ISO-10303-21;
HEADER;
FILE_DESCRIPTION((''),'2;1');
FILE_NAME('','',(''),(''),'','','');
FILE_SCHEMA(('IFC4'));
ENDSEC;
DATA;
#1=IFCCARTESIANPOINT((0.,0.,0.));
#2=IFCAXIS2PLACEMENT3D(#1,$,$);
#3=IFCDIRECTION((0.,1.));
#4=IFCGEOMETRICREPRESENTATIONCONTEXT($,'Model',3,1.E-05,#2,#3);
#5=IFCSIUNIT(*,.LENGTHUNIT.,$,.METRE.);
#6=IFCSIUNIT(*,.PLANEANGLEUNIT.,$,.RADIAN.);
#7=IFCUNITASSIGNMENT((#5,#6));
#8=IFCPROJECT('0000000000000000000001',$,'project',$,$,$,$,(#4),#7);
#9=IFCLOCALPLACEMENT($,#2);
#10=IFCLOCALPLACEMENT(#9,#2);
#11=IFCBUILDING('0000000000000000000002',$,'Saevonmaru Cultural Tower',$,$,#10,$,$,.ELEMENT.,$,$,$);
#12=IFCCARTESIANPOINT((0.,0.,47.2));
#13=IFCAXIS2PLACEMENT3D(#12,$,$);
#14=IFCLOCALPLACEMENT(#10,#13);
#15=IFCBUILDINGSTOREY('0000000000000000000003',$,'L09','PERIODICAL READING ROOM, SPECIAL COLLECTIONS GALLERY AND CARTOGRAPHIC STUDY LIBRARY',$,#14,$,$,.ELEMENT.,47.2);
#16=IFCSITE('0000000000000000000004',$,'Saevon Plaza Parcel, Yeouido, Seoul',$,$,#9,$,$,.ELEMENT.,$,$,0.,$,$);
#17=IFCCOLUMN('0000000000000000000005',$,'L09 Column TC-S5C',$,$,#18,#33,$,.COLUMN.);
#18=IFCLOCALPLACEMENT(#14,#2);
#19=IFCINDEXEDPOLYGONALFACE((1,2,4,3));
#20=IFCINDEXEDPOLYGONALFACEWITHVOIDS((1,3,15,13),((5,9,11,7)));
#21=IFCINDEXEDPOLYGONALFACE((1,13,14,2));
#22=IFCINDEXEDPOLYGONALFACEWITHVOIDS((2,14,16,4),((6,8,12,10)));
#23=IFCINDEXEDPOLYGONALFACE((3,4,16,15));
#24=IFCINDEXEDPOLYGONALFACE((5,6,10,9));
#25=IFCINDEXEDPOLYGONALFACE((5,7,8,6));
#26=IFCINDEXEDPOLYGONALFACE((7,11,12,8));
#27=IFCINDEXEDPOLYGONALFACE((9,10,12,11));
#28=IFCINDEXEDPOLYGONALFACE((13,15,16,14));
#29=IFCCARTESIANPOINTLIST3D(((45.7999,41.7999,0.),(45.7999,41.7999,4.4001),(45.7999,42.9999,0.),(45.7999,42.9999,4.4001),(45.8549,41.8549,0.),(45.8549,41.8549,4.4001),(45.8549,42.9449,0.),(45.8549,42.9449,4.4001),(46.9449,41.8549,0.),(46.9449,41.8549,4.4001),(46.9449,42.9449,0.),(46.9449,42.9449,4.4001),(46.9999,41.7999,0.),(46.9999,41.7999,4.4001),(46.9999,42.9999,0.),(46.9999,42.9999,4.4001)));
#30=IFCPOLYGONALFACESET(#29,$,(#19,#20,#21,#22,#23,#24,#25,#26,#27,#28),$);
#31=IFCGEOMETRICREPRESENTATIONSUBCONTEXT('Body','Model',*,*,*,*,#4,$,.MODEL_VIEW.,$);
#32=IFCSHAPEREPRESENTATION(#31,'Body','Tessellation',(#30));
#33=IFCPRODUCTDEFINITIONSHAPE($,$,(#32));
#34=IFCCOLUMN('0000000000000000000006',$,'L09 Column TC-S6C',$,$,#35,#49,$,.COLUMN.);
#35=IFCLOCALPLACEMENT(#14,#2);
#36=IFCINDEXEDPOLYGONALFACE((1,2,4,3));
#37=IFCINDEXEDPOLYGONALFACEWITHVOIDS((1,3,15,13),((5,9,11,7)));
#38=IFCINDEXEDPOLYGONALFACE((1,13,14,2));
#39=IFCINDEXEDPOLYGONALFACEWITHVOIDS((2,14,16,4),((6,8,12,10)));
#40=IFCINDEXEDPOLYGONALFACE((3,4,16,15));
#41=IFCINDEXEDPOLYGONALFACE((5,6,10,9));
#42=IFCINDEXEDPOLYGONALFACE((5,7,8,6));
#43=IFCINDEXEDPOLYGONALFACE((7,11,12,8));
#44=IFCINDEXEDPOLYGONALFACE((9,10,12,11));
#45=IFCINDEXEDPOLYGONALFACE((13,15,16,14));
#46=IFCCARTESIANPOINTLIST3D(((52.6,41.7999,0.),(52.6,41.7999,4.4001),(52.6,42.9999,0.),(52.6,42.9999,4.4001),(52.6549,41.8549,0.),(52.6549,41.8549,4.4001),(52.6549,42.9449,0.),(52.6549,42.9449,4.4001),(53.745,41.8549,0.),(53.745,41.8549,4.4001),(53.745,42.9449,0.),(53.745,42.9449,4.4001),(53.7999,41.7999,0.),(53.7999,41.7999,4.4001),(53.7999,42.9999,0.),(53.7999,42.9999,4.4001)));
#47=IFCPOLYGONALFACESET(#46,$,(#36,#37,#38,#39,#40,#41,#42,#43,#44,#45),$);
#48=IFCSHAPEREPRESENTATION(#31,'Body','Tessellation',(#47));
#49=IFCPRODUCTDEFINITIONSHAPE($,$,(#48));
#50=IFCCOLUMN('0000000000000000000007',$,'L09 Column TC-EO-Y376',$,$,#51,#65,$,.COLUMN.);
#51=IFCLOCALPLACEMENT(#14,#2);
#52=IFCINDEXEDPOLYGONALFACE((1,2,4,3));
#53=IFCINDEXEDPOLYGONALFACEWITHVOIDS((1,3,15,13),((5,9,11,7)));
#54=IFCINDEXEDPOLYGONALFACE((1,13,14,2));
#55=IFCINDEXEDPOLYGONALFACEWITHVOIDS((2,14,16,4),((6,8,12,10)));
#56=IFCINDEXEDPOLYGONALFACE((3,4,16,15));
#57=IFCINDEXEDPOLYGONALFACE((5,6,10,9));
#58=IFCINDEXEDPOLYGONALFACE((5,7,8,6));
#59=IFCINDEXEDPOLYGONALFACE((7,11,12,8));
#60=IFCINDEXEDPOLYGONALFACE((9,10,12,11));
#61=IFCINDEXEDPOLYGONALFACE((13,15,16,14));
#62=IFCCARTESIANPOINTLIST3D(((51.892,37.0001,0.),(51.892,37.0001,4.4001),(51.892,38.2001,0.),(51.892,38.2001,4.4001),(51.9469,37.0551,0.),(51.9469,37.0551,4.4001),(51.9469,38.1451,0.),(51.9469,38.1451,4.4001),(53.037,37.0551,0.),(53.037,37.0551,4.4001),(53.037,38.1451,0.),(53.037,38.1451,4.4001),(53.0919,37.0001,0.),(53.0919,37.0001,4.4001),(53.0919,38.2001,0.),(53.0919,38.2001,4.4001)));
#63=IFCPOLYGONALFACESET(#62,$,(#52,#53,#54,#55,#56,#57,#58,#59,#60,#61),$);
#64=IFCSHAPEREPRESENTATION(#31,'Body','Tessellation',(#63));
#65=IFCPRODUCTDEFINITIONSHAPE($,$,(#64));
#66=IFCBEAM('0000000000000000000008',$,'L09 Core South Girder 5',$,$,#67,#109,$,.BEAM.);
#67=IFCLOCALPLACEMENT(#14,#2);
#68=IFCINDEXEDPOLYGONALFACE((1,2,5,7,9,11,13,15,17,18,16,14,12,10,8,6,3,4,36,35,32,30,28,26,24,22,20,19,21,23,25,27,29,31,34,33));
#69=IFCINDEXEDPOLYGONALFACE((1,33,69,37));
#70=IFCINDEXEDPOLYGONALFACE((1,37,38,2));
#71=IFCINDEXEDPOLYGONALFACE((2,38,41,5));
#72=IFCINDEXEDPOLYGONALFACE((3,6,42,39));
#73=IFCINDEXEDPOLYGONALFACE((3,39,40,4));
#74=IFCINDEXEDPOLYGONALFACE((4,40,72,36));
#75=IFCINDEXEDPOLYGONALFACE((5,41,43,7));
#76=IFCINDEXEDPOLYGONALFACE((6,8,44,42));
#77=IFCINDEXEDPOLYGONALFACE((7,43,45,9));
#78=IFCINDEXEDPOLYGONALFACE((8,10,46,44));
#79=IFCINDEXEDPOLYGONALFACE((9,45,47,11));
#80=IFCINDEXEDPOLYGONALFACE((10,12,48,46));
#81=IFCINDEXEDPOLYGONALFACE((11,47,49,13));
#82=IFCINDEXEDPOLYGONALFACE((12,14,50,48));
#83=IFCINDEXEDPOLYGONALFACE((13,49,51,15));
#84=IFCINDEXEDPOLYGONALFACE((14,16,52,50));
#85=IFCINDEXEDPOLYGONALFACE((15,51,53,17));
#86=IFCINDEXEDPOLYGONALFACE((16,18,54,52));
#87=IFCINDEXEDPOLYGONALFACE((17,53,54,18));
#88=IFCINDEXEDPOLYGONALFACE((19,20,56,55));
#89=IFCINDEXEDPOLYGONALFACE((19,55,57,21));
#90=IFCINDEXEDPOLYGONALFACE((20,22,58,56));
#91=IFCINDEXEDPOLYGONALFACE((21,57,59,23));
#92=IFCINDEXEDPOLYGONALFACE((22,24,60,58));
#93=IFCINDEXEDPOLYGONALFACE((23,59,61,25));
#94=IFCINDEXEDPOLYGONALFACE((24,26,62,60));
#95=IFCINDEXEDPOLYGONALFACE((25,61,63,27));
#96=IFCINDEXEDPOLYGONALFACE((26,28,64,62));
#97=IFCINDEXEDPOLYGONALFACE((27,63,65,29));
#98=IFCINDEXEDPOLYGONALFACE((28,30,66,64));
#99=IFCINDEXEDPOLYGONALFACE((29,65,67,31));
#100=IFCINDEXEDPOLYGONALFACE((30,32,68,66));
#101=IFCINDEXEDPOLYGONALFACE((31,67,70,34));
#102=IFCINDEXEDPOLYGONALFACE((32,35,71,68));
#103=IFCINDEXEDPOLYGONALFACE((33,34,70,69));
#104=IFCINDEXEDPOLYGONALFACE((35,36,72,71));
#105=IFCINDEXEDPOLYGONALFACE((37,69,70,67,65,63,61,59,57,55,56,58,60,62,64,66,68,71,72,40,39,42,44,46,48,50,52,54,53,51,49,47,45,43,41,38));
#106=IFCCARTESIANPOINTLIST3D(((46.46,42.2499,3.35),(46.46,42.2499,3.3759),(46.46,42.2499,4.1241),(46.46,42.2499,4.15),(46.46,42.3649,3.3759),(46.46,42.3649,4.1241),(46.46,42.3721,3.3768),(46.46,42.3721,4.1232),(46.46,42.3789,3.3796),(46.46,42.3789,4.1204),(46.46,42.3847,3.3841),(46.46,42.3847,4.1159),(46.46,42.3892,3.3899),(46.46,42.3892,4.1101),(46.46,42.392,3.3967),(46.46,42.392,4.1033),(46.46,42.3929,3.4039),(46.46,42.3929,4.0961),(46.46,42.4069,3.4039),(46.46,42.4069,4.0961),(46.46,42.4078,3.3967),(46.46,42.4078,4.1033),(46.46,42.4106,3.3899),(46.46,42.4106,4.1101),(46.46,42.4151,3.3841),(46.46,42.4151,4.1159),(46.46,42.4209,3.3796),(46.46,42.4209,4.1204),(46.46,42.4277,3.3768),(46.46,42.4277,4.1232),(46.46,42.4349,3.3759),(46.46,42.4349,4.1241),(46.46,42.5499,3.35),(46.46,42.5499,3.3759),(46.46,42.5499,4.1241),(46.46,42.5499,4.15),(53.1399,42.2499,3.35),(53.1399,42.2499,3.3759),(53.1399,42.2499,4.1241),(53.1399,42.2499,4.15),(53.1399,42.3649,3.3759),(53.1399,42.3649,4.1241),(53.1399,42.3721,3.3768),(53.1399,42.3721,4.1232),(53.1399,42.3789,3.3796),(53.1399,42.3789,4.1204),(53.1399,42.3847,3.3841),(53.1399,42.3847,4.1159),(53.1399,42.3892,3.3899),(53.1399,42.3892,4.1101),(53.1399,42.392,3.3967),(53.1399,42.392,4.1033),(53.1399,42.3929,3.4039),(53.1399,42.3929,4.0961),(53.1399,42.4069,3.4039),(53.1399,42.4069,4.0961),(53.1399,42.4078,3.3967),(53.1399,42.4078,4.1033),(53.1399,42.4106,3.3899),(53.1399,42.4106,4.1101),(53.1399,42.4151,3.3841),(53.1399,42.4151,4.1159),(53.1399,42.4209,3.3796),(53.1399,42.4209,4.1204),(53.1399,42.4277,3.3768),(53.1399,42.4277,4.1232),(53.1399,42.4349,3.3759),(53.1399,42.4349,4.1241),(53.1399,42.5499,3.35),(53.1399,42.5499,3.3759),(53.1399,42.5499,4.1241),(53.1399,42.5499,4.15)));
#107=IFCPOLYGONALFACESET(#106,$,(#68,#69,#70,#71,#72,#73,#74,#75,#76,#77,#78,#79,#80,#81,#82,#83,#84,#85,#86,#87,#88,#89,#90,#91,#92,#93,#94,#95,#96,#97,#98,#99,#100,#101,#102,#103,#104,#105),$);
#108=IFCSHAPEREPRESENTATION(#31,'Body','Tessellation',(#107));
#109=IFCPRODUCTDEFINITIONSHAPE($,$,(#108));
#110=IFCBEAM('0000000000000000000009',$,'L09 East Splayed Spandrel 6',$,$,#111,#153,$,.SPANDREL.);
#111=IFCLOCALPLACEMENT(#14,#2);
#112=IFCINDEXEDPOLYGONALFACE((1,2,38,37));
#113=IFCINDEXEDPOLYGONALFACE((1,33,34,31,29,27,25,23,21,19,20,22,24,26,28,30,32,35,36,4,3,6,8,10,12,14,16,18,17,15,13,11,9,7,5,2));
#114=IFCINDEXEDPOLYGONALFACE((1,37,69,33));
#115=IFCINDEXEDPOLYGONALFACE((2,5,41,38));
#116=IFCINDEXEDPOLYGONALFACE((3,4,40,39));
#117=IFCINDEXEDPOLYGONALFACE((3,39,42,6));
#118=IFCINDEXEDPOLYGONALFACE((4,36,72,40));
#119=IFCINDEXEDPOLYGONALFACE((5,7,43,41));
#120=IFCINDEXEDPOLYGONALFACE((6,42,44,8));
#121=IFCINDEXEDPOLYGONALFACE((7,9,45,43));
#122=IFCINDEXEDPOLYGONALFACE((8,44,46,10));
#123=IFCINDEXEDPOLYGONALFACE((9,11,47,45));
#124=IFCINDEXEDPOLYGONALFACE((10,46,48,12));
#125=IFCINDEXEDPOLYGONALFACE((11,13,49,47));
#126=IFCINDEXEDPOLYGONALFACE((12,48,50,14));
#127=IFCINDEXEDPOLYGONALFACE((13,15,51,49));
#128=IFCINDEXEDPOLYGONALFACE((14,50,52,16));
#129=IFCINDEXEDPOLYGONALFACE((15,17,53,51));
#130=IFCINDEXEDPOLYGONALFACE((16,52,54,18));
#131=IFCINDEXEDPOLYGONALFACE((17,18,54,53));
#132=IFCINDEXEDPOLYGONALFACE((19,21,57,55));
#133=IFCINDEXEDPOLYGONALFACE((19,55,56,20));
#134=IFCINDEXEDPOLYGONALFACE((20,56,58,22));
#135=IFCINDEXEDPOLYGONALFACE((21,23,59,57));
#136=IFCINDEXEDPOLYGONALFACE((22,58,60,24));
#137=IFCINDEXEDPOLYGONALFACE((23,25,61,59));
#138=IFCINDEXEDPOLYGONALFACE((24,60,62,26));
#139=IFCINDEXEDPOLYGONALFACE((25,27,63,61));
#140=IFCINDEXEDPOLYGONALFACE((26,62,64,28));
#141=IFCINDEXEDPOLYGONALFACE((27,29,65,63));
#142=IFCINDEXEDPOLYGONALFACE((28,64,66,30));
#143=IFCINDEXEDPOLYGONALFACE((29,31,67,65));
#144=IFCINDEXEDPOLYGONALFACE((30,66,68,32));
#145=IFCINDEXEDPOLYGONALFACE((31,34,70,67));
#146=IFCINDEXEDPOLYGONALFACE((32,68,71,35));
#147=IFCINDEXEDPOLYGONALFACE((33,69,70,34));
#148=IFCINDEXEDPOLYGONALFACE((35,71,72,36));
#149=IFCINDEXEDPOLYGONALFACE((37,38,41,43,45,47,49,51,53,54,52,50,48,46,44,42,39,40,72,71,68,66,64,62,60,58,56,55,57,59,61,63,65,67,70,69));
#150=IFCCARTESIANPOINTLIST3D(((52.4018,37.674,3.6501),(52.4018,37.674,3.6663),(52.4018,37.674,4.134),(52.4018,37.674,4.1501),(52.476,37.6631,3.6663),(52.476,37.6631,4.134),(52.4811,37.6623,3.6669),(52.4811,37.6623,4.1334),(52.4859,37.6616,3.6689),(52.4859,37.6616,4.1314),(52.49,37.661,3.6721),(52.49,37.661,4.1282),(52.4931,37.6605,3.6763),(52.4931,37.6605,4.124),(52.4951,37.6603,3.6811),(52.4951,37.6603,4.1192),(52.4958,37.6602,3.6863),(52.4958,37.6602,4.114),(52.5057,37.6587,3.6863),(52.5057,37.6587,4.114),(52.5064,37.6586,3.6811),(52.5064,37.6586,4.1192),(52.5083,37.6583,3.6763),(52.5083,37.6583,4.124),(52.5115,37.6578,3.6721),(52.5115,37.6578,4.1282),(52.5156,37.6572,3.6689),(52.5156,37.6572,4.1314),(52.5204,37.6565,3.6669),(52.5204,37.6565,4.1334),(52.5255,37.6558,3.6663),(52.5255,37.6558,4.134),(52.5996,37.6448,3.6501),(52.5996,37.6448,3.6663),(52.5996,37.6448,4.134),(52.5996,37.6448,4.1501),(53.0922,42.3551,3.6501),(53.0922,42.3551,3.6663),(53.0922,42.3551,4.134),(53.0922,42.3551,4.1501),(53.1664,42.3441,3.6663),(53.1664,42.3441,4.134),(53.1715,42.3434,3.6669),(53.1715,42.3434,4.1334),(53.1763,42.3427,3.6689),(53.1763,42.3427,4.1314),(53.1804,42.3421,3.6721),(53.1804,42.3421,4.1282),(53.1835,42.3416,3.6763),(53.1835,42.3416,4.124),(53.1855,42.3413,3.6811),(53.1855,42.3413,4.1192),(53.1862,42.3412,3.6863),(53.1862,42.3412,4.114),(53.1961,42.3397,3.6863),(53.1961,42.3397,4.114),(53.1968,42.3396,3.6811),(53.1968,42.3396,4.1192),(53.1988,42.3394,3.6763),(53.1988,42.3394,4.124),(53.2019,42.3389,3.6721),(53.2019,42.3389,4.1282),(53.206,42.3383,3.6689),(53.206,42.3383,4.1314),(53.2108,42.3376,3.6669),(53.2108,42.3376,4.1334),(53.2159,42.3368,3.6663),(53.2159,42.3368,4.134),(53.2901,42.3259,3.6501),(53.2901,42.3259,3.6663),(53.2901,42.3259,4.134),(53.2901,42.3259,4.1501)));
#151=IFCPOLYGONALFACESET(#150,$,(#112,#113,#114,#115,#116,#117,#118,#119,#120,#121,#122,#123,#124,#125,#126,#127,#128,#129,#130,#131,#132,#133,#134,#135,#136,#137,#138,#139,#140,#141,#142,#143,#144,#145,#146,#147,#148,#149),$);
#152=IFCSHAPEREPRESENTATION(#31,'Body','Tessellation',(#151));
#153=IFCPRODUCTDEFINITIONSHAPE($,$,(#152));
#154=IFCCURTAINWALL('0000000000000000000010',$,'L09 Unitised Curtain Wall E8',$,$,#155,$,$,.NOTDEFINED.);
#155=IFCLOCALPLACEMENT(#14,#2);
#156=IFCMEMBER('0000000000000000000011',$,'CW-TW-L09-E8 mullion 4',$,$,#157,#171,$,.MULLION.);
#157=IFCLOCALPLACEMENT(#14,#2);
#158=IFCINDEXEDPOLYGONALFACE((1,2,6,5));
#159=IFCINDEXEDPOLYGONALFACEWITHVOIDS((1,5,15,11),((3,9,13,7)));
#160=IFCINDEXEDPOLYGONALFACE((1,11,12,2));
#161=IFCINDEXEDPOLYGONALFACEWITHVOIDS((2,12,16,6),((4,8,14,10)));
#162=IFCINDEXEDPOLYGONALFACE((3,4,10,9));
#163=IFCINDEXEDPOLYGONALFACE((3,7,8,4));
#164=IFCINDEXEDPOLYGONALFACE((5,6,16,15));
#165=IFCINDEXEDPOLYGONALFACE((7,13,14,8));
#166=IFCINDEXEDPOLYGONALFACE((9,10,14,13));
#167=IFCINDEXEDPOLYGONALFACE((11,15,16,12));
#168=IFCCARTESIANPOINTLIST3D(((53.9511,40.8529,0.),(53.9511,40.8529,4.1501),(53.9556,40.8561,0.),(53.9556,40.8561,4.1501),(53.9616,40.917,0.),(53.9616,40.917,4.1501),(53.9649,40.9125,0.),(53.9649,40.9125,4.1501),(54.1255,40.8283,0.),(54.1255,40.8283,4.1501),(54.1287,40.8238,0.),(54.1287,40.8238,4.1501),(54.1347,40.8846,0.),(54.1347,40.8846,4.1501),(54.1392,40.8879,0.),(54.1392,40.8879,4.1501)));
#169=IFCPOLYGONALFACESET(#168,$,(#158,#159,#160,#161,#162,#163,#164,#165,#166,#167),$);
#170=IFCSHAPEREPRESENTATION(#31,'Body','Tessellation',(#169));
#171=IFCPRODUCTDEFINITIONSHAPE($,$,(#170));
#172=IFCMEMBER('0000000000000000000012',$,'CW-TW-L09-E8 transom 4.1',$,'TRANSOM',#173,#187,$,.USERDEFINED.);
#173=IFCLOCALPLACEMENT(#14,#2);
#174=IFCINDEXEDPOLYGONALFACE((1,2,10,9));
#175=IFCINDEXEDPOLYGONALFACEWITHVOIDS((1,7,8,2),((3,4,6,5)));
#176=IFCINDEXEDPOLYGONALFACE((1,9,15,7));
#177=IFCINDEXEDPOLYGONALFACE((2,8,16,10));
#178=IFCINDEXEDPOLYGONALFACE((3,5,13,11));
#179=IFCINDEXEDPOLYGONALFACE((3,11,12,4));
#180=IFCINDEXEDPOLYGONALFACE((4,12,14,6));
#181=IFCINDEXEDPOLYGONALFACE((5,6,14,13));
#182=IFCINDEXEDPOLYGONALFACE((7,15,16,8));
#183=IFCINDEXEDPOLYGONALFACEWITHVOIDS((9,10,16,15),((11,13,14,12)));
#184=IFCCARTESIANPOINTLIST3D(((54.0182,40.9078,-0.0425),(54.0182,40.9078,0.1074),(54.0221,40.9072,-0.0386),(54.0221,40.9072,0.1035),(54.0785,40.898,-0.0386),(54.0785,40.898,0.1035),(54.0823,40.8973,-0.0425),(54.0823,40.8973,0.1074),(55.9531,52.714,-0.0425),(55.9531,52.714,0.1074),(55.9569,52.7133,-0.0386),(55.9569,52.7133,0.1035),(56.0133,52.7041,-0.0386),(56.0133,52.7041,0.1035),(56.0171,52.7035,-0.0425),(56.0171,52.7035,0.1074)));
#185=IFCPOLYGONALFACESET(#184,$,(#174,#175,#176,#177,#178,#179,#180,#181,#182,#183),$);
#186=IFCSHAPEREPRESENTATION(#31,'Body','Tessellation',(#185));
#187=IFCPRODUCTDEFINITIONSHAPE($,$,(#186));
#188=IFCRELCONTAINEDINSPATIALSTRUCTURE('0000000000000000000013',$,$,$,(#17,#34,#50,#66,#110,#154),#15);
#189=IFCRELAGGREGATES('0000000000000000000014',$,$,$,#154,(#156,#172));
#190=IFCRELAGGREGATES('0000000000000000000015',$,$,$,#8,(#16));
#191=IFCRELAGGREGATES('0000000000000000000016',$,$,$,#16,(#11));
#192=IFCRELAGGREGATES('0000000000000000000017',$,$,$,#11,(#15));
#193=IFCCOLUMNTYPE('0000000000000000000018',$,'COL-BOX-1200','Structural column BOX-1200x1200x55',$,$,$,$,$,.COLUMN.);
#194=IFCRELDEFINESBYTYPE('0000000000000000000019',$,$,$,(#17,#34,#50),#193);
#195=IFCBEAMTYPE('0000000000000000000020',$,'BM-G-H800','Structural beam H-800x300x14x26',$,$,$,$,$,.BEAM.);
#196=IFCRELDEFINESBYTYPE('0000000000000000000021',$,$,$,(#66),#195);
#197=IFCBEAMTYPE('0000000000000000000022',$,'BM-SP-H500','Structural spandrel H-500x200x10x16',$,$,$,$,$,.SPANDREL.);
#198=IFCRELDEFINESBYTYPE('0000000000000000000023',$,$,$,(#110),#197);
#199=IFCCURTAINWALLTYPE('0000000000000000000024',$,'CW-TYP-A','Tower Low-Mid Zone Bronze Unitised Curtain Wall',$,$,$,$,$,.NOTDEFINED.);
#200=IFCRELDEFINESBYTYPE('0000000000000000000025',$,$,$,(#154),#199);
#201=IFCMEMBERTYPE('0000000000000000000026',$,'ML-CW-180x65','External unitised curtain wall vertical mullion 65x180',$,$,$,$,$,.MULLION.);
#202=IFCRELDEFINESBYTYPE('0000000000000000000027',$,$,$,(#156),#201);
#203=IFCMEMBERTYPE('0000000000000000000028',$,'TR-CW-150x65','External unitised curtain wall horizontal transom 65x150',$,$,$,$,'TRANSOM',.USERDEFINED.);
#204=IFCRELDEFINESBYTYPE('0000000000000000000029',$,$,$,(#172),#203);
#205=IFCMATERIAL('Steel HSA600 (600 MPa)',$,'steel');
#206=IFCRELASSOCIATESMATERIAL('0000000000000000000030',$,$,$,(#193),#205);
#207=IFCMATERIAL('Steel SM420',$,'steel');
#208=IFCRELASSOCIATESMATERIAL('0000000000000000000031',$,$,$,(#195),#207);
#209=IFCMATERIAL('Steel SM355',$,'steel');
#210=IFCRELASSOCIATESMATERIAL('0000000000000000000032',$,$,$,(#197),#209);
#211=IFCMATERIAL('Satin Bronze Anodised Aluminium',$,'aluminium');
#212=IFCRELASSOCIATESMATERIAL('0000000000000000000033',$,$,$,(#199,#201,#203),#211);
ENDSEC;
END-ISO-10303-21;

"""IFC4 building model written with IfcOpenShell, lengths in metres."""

from ifc_helpers import new_model, si_unit, direction, frame, origin, origin_2d, place, context, subcontext, project, spatial, hollow_rectangle, i_section, extrude, material, material_profile, profile_set, type_object, element, aggregate, save


model = new_model("IFC4")

# Units and contexts
model_context = context("Model", 3, precision=1e-05, world=origin(), true_north=direction((0.0, 1.0)))
body_context = subcontext(model_context, "Body", "Model", "MODEL_VIEW")
ifc_project = project(units=[si_unit("LENGTHUNIT", "METRE"), si_unit("PLANEANGLEUNIT", "RADIAN")], contexts=[model_context])

# Site, building, storey
site_placement = place(None, origin())
site = spatial("IfcSite", under=ifc_project, at=site_placement, Name="Saevon Plaza Parcel, Yeouido, Seoul", CompositionType="ELEMENT", RefElevation=0.0)
building_placement = place(site_placement, origin())
building = spatial("IfcBuilding", under=site, at=building_placement, Name="Saevonmaru Cultural Tower", CompositionType="ELEMENT")
storey_placement = place(building_placement, frame((0.0, 0.0, 47.2)))
storey = spatial("IfcBuildingStorey", under=building, at=storey_placement, Name="L09", Description="PERIODICAL READING ROOM, SPECIAL COLLECTIONS GALLERY AND CARTOGRAPHIC STUDY LIBRARY", CompositionType="ELEMENT", Elevation=47.2)

# Columns
ifc_material_1 = material(Name="Steel HSA600 (600 MPa)", Category="steel")
ifc_material_profile_1 = material_profile(ifc_material_1, hollow_rectangle(XDim=1.2, YDim=1.2, WallThickness=0.0549, at=origin_2d()), Name="BOX-1200x1200x55")
ifc_profile_set_1 = profile_set([ifc_material_profile_1], Name="Steel HSA600 (600 MPa)")
column_type = type_object("IfcColumnType", Name="COL-BOX-1200", Description="Structural column BOX-1200x1200x55", PredefinedType="COLUMN", material=ifc_profile_set_1)
for number, where, z_axis, x_axis, name in (
    (1, (46.3999, 42.3999, 0.0), (0.0, 0.0, 1.0), (1.0, 0.0, 0.0), "L09 Column TC-S5C"),
    (2, (53.2, 42.3999, 0.0), (0.0, 0.0, 1.0), (1.0, 0.0, 0.0), "L09 Column TC-S6C"),
    (3, (52.4919, 37.6001, 0.0), (0.0, 0.0, 1.0), (1.0, 0.0, 0.0), "L09 Column TC-EO-Y376"),
):
    element("IfcColumn", number, at=place(storey_placement, frame(where, z_axis=z_axis, x_axis=x_axis)), inside=storey, type_object=column_type, Name=name, PredefinedType="COLUMN", context=body_context, shape_type="SweptSolid", body=[
        extrude(hollow_rectangle(XDim=1.2, YDim=1.2, WallThickness=0.0549, at=origin_2d()), origin(), (0.0, 0.0, 1.0), 4.4001),
    ])

# Beams
ifc_material_2 = material(Name="Steel SM420", Category="steel")
ifc_material_profile_2 = material_profile(ifc_material_2, i_section(OverallWidth=0.3, OverallDepth=0.8, WebThickness=0.0139, FlangeThickness=0.0259, FilletRadius=0.0281, at=origin_2d()), Name="H-800x300x14x26")
ifc_profile_set_2 = profile_set([ifc_material_profile_2], Name="Steel SM420")
beam_type_1 = type_object("IfcBeamType", Name="BM-G-H800", Description="Structural beam H-800x300x14x26", PredefinedType="BEAM", material=ifc_profile_set_2)
beam_1_placement = place(storey_placement, frame((46.46, 42.3999, 3.75), z_axis=(1.0, 0.0, 0.0), x_axis=(0.0, 1.0, 0.0)))
element("IfcBeam", 4, at=beam_1_placement, inside=storey, type_object=beam_type_1, Name="L09 Core South Girder 5", PredefinedType="BEAM", context=body_context, shape_type="SweptSolid", body=[
    extrude(i_section(OverallWidth=0.3, OverallDepth=0.8, WebThickness=0.0139, FlangeThickness=0.0259, FilletRadius=0.0281, at=origin_2d()), origin(), (0.0, 0.0, 1.0), 6.6799),
])
ifc_material_3 = material(Name="Steel SM355", Category="steel")
ifc_material_profile_3 = material_profile(ifc_material_3, i_section(OverallWidth=0.2, OverallDepth=0.5, WebThickness=0.01, FlangeThickness=0.0161, FilletRadius=0.02, at=origin_2d()), Name="H-500x200x10x16")
ifc_profile_set_3 = profile_set([ifc_material_profile_3], Name="Steel SM355")
beam_type_2 = type_object("IfcBeamType", Name="BM-SP-H500", Description="Structural spandrel H-500x200x10x16", PredefinedType="SPANDREL", material=ifc_profile_set_3)
beam_2_placement = place(storey_placement, frame((52.5007, 37.6594, 3.9001), z_axis=(0.145913, 0.989297, 0.0), x_axis=(-0.989297, 0.145913, 0.0)))
element("IfcBeam", 5, at=beam_2_placement, inside=storey, type_object=beam_type_2, Name="L09 East Splayed Spandrel 6", PredefinedType="SPANDREL", context=body_context, shape_type="SweptSolid", body=[
    extrude(i_section(OverallWidth=0.2, OverallDepth=0.5, WebThickness=0.01, FlangeThickness=0.0161, FilletRadius=0.02, at=origin_2d()), origin(), (0.0, 0.0, 1.0), 4.7317),
])

# Curtain wall, members
ifc_material_4 = material(Name="Satin Bronze Anodised Aluminium", Category="aluminium")
curtain_wall_type = type_object("IfcCurtainWallType", Name="CW-TYP-A", Description="Tower Low-Mid Zone Bronze Unitised Curtain Wall", PredefinedType="NOTDEFINED", material=ifc_material_4)
curtain_wall_placement = place(storey_placement, origin())
curtain_wall = element("IfcCurtainWall", 6, at=curtain_wall_placement, inside=storey, type_object=curtain_wall_type, Name="L09 Unitised Curtain Wall E8", PredefinedType="NOTDEFINED")
ifc_material_profile_4 = material_profile(ifc_material_4, hollow_rectangle(XDim=0.0649, YDim=0.1799, WallThickness=0.0039, at=origin_2d()), Name="ALU-MULL-180x65x4")
ifc_profile_set_4 = profile_set([ifc_material_profile_4], Name="Satin Bronze Anodised Aluminium")
member_type_1 = type_object("IfcMemberType", Name="ML-CW-180x65", Description="External unitised curtain wall vertical mullion 65x180", PredefinedType="MULLION", material=ifc_profile_set_4)
member_1_placement = place(storey_placement, frame((54.0452, 40.8704, 0.0), z_axis=(0.0, 0.0, 1.0), x_axis=(0.161709, 0.986839, 0.0)))
member_1 = element("IfcMember", 7, at=member_1_placement, type_object=member_type_1, Name="CW-TW-L09-E8 mullion 4", PredefinedType="MULLION", context=body_context, shape_type="SweptSolid", body=[
    extrude(hollow_rectangle(XDim=0.0649, YDim=0.1799, WallThickness=0.0039, at=origin_2d()), origin(), (0.0, 0.0, 1.0), 4.1501),
])
ifc_material_profile_5 = material_profile(ifc_material_4, hollow_rectangle(XDim=0.0649, YDim=0.1499, WallThickness=0.0039, at=origin_2d()), Name="ALU-TRAN-150x65x4")
ifc_profile_set_5 = profile_set([ifc_material_profile_5], Name="Satin Bronze Anodised Aluminium")
member_type_2 = type_object("IfcMemberType", Name="TR-CW-150x65", Description="External unitised curtain wall horizontal transom 65x150", ElementType="TRANSOM", PredefinedType="USERDEFINED", material=ifc_profile_set_5)
member_2_placement = place(storey_placement, frame((54.0503, 40.9026, 0.0325), z_axis=(0.161725, 0.986836, 0.0), x_axis=(-0.986836, 0.161725, 0.0)))
member_2 = element("IfcMember", 8, at=member_2_placement, type_object=member_type_2, Name="CW-TW-L09-E8 transom 4.1", ObjectType="TRANSOM", PredefinedType="USERDEFINED", context=body_context, shape_type="SweptSolid", body=[
    extrude(hollow_rectangle(XDim=0.0649, YDim=0.1499, WallThickness=0.0039, at=origin_2d()), origin(), (0.0, 0.0, 1.0), 11.9636),
])
aggregate(curtain_wall, [member_1, member_2])

save(model, "model.ifc")
